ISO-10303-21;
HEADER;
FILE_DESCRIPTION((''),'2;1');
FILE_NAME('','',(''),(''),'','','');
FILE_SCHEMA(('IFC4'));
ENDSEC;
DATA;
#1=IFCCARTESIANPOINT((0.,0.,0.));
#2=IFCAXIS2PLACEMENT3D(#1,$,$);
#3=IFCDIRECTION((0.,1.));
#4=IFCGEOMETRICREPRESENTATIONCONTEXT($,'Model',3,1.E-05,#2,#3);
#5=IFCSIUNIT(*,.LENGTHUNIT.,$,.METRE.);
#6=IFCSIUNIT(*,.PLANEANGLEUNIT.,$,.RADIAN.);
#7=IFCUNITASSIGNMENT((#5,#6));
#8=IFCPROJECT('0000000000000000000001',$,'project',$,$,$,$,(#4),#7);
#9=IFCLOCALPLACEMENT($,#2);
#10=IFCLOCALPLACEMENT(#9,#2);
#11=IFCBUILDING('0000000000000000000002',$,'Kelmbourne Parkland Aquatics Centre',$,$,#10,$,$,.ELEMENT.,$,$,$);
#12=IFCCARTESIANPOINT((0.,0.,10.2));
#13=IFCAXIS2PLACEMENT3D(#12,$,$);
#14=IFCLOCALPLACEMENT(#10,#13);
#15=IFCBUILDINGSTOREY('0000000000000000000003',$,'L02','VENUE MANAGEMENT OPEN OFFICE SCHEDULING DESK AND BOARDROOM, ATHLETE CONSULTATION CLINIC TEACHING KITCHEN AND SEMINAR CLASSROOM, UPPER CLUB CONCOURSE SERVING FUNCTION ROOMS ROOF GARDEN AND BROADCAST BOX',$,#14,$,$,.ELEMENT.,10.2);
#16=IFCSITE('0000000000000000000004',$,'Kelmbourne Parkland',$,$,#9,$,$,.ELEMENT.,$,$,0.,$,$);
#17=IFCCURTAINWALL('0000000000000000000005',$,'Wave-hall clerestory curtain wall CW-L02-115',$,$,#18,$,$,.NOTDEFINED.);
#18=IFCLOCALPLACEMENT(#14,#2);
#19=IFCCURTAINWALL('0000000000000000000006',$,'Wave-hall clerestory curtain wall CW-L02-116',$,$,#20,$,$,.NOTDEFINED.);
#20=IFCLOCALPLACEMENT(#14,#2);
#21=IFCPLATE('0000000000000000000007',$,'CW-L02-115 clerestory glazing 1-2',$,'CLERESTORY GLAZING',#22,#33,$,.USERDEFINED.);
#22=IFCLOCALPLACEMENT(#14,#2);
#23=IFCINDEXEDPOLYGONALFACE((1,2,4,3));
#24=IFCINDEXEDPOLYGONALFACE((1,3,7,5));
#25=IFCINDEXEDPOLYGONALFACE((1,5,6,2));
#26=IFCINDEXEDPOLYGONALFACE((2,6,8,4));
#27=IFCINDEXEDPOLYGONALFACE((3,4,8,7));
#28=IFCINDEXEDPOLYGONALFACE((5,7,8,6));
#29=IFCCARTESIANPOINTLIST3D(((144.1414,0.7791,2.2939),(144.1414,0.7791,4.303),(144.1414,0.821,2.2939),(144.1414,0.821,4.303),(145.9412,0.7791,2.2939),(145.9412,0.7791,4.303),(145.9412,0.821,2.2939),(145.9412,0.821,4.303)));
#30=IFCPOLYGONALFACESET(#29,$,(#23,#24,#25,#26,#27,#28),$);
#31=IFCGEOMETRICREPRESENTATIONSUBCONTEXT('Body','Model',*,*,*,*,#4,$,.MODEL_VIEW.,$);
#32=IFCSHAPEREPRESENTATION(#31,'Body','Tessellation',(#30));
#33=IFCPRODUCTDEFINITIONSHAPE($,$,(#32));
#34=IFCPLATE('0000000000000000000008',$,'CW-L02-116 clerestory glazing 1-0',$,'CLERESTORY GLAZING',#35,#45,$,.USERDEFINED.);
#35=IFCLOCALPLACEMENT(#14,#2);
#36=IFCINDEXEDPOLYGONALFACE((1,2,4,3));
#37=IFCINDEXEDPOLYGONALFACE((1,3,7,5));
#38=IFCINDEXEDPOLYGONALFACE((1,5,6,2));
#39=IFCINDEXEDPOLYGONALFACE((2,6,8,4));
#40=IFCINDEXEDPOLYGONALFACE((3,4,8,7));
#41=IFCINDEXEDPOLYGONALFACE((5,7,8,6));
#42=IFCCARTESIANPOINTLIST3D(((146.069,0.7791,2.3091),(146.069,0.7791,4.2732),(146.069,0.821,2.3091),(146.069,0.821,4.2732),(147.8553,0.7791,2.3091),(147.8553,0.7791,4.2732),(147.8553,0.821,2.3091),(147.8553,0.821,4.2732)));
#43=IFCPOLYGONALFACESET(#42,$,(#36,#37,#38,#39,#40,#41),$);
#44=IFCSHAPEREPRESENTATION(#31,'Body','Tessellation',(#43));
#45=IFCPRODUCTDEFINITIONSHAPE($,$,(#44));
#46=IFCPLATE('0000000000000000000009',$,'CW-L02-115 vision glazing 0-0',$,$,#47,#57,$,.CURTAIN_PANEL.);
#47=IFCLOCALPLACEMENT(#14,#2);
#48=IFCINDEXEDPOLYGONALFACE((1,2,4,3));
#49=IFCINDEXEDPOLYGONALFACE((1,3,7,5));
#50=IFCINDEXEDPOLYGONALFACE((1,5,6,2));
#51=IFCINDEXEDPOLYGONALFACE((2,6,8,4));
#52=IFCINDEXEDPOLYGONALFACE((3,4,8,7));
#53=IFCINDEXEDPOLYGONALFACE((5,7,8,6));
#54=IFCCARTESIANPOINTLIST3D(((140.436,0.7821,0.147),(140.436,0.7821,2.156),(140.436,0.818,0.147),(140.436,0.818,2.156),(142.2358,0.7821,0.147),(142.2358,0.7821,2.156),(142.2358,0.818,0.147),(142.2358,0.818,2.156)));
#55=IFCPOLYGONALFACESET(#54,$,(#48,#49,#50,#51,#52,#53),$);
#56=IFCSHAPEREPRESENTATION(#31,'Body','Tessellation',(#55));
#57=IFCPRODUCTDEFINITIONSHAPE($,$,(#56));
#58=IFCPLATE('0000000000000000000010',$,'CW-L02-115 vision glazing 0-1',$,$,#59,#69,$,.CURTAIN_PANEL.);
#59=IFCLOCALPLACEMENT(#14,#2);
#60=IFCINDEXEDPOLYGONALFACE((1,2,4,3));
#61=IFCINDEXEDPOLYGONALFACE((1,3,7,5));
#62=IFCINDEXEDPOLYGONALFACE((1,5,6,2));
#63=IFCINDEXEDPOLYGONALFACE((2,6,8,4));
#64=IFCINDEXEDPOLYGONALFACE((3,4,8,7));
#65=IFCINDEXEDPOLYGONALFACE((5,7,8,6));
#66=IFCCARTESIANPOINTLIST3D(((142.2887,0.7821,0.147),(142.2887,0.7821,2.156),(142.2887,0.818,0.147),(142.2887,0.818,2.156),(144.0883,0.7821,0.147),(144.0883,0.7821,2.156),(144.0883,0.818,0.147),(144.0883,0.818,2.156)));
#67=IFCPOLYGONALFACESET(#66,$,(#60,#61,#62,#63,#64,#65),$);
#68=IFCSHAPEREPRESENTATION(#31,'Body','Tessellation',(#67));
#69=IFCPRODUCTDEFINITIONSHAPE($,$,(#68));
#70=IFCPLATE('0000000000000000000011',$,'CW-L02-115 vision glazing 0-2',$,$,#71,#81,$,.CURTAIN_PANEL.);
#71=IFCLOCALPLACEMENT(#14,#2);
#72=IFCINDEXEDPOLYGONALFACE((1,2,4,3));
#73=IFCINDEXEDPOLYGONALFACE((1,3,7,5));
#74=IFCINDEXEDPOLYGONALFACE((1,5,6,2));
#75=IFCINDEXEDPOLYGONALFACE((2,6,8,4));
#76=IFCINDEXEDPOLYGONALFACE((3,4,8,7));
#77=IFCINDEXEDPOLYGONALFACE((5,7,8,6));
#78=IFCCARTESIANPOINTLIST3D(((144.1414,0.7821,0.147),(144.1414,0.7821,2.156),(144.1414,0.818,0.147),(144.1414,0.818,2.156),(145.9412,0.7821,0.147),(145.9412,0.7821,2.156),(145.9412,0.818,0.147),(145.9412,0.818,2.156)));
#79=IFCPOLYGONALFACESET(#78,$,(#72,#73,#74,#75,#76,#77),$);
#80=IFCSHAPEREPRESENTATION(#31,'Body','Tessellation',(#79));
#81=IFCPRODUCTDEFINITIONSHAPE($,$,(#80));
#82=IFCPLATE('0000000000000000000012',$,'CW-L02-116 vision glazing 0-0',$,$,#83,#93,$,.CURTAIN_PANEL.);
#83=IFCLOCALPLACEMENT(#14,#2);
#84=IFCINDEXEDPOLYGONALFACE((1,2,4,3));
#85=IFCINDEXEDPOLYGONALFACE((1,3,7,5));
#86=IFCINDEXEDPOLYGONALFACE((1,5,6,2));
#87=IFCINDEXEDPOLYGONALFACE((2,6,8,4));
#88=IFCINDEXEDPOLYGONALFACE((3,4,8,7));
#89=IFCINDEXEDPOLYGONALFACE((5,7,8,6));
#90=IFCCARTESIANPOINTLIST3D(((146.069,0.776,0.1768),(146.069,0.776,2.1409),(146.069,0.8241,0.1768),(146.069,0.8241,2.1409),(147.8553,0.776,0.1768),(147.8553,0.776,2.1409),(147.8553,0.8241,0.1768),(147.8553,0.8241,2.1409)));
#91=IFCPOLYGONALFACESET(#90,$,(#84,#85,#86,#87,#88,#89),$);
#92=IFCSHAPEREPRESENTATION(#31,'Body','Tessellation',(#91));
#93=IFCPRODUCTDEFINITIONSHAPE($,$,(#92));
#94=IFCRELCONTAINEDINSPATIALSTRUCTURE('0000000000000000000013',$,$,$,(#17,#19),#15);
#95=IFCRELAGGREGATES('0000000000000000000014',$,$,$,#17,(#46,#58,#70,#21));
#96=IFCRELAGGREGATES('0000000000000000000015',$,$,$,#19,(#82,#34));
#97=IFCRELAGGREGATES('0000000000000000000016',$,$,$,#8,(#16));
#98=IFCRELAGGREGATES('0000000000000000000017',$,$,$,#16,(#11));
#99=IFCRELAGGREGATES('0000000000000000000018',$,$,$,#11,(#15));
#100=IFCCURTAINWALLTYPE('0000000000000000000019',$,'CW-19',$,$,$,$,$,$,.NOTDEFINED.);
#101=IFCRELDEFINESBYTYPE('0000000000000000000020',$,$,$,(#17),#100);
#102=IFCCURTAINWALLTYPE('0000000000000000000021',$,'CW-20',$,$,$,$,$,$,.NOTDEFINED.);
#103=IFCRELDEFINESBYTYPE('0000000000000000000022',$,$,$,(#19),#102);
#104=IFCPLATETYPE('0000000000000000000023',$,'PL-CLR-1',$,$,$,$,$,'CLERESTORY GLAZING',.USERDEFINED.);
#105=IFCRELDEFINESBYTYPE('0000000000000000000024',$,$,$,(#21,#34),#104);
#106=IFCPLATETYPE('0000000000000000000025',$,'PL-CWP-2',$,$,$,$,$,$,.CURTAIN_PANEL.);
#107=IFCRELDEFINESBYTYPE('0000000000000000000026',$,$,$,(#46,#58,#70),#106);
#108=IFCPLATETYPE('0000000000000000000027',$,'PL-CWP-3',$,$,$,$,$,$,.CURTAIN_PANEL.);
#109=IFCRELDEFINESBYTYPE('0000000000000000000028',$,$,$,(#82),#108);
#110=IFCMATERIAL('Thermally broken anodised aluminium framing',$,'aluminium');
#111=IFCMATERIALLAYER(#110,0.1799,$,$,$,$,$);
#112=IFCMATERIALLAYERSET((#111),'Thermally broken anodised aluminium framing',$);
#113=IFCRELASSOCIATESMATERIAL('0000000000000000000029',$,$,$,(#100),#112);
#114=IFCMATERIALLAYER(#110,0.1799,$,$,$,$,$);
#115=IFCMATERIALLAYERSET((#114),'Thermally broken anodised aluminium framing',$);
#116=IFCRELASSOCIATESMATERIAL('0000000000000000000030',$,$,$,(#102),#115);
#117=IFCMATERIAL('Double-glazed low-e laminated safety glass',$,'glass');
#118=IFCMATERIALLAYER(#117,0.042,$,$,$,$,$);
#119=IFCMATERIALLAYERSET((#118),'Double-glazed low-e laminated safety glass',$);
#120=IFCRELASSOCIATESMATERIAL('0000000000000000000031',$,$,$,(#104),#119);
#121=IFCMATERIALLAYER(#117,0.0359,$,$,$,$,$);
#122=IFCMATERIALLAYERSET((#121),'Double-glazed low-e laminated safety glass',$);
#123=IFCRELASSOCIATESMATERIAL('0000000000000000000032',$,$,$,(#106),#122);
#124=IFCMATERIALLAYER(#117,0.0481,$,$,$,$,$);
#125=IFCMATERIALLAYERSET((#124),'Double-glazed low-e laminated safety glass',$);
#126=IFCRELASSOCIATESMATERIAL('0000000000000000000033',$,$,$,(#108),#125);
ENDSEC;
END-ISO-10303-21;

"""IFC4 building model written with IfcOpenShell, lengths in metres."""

from ifc_helpers import new_model, si_unit, direction, frame, origin, origin_2d, place, context, subcontext, project, spatial, rectangle, extrude, material, layer, layer_set, type_object, element, aggregate, save


model = new_model("IFC4")

# Units and contexts
model_context = context("Model", 3, precision=1e-05, world=origin(), true_north=direction((0.0, 1.0)))
body_context = subcontext(model_context, "Body", "Model", "MODEL_VIEW")
ifc_project = project(units=[si_unit("LENGTHUNIT", "METRE"), si_unit("PLANEANGLEUNIT", "RADIAN")], contexts=[model_context])

# Site, building, storey
site_placement = place(None, origin())
site = spatial("IfcSite", under=ifc_project, at=site_placement, Name="Kelmbourne Parkland", CompositionType="ELEMENT", RefElevation=0.0)
building_placement = place(site_placement, origin())
building = spatial("IfcBuilding", under=site, at=building_placement, Name="Kelmbourne Parkland Aquatics Centre", CompositionType="ELEMENT")
storey_placement = place(building_placement, frame((0.0, 0.0, 10.2)))
storey = spatial("IfcBuildingStorey", under=building, at=storey_placement, Name="L02", Description="VENUE MANAGEMENT OPEN OFFICE SCHEDULING DESK AND BOARDROOM, ATHLETE CONSULTATION CLINIC TEACHING KITCHEN AND SEMINAR CLASSROOM, UPPER CLUB CONCOURSE SERVING FUNCTION ROOMS ROOF GARDEN AND BROADCAST BOX", CompositionType="ELEMENT", Elevation=10.2)

# Curtain walls
ifc_material_1 = material(Name="Thermally broken anodised aluminium framing", Category="aluminium")
ifc_layer_1 = layer(ifc_material_1, 0.1799)
ifc_layer_set_1 = layer_set([ifc_layer_1], Name="Thermally broken anodised aluminium framing")
curtain_wall_type_1 = type_object("IfcCurtainWallType", Name="CW-19", PredefinedType="NOTDEFINED", material=ifc_layer_set_1)
curtain_wall_1_placement = place(storey_placement, origin())
curtain_wall_1 = element("IfcCurtainWall", 1, at=curtain_wall_1_placement, inside=storey, type_object=curtain_wall_type_1, Name="Wave-hall clerestory curtain wall CW-L02-115", PredefinedType="NOTDEFINED")
ifc_layer_2 = layer(ifc_material_1, 0.1799)
ifc_layer_set_2 = layer_set([ifc_layer_2], Name="Thermally broken anodised aluminium framing")
curtain_wall_type_2 = type_object("IfcCurtainWallType", Name="CW-20", PredefinedType="NOTDEFINED", material=ifc_layer_set_2)
curtain_wall_2_placement = place(storey_placement, origin())
curtain_wall_2 = element("IfcCurtainWall", 2, at=curtain_wall_2_placement, inside=storey, type_object=curtain_wall_type_2, Name="Wave-hall clerestory curtain wall CW-L02-116", PredefinedType="NOTDEFINED")

# Plates
ifc_material_2 = material(Name="Double-glazed low-e laminated safety glass", Category="glass")
ifc_layer_3 = layer(ifc_material_2, 0.042)
ifc_layer_set_3 = layer_set([ifc_layer_3], Name="Double-glazed low-e laminated safety glass")
plate_type_1 = type_object("IfcPlateType", Name="PL-CLR-1", ElementType="CLERESTORY GLAZING", PredefinedType="USERDEFINED", material=ifc_layer_set_3)
plate_1_placement = place(storey_placement, frame((145.0413, 0.8, 2.2939), z_axis=(0.0, 0.0, 1.0), x_axis=(1.0, 0.0, 0.0)))
plate_1 = element("IfcPlate", 3, at=plate_1_placement, type_object=plate_type_1, Name="CW-L02-115 clerestory glazing 1-2", ObjectType="CLERESTORY GLAZING", PredefinedType="USERDEFINED", context=body_context, shape_type="SweptSolid", body=[
    extrude(rectangle(XDim=1.7998, YDim=0.042, at=origin_2d()), origin(), (0.0, 0.0, 1.0), 2.009),
])
plate_2_placement = place(storey_placement, frame((146.9622, 0.8, 2.3091), z_axis=(0.0, 0.0, 1.0), x_axis=(1.0, 0.0, 0.0)))
plate_2 = element("IfcPlate", 4, at=plate_2_placement, type_object=plate_type_1, Name="CW-L02-116 clerestory glazing 1-0", ObjectType="CLERESTORY GLAZING", PredefinedType="USERDEFINED", context=body_context, shape_type="SweptSolid", body=[
    extrude(rectangle(XDim=1.7864, YDim=0.042, at=origin_2d()), origin(), (0.0, 0.0, 1.0), 1.9641),
])
ifc_layer_4 = layer(ifc_material_2, 0.0359)
ifc_layer_set_4 = layer_set([ifc_layer_4], Name="Double-glazed low-e laminated safety glass")
plate_type_2 = type_object("IfcPlateType", Name="PL-CWP-2", PredefinedType="CURTAIN_PANEL", material=ifc_layer_set_4)
plate_3_placement = place(storey_placement, frame((141.3359, 0.8, 0.147), z_axis=(0.0, 0.0, 1.0), x_axis=(1.0, 0.0, 0.0)))
plate_3 = element("IfcPlate", 5, at=plate_3_placement, type_object=plate_type_2, Name="CW-L02-115 vision glazing 0-0", PredefinedType="CURTAIN_PANEL", context=body_context, shape_type="SweptSolid", body=[
    extrude(rectangle(XDim=1.7998, YDim=0.0359, at=origin_2d()), origin(), (0.0, 0.0, 1.0), 2.009),
])
plate_4_placement = place(storey_placement, frame((143.1885, 0.8, 0.147), z_axis=(0.0, 0.0, 1.0), x_axis=(1.0, 0.0, 0.0)))
plate_4 = element("IfcPlate", 6, at=plate_4_placement, type_object=plate_type_2, Name="CW-L02-115 vision glazing 0-1", PredefinedType="CURTAIN_PANEL", context=body_context, shape_type="SweptSolid", body=[
    extrude(rectangle(XDim=1.7996, YDim=0.0359, at=origin_2d()), origin(), (0.0, 0.0, 1.0), 2.009),
])
plate_5_placement = place(storey_placement, frame((145.0413, 0.8, 0.147), z_axis=(0.0, 0.0, 1.0), x_axis=(1.0, 0.0, 0.0)))
plate_5 = element("IfcPlate", 7, at=plate_5_placement, type_object=plate_type_2, Name="CW-L02-115 vision glazing 0-2", PredefinedType="CURTAIN_PANEL", context=body_context, shape_type="SweptSolid", body=[
    extrude(rectangle(XDim=1.7998, YDim=0.0359, at=origin_2d()), origin(), (0.0, 0.0, 1.0), 2.009),
])
aggregate(curtain_wall_1, [plate_3, plate_4, plate_5, plate_1])
ifc_layer_5 = layer(ifc_material_2, 0.0481)
ifc_layer_set_5 = layer_set([ifc_layer_5], Name="Double-glazed low-e laminated safety glass")
plate_type_3 = type_object("IfcPlateType", Name="PL-CWP-3", PredefinedType="CURTAIN_PANEL", material=ifc_layer_set_5)
plate_6_placement = place(storey_placement, frame((146.9622, 0.8, 0.1768), z_axis=(0.0, 0.0, 1.0), x_axis=(1.0, 0.0, 0.0)))
plate_6 = element("IfcPlate", 8, at=plate_6_placement, type_object=plate_type_3, Name="CW-L02-116 vision glazing 0-0", PredefinedType="CURTAIN_PANEL", context=body_context, shape_type="SweptSolid", body=[
    extrude(rectangle(XDim=1.7864, YDim=0.0481, at=origin_2d()), origin(), (0.0, 0.0, 1.0), 1.9641),
])
aggregate(curtain_wall_2, [plate_6, plate_2])

save(model, "model.ifc")
